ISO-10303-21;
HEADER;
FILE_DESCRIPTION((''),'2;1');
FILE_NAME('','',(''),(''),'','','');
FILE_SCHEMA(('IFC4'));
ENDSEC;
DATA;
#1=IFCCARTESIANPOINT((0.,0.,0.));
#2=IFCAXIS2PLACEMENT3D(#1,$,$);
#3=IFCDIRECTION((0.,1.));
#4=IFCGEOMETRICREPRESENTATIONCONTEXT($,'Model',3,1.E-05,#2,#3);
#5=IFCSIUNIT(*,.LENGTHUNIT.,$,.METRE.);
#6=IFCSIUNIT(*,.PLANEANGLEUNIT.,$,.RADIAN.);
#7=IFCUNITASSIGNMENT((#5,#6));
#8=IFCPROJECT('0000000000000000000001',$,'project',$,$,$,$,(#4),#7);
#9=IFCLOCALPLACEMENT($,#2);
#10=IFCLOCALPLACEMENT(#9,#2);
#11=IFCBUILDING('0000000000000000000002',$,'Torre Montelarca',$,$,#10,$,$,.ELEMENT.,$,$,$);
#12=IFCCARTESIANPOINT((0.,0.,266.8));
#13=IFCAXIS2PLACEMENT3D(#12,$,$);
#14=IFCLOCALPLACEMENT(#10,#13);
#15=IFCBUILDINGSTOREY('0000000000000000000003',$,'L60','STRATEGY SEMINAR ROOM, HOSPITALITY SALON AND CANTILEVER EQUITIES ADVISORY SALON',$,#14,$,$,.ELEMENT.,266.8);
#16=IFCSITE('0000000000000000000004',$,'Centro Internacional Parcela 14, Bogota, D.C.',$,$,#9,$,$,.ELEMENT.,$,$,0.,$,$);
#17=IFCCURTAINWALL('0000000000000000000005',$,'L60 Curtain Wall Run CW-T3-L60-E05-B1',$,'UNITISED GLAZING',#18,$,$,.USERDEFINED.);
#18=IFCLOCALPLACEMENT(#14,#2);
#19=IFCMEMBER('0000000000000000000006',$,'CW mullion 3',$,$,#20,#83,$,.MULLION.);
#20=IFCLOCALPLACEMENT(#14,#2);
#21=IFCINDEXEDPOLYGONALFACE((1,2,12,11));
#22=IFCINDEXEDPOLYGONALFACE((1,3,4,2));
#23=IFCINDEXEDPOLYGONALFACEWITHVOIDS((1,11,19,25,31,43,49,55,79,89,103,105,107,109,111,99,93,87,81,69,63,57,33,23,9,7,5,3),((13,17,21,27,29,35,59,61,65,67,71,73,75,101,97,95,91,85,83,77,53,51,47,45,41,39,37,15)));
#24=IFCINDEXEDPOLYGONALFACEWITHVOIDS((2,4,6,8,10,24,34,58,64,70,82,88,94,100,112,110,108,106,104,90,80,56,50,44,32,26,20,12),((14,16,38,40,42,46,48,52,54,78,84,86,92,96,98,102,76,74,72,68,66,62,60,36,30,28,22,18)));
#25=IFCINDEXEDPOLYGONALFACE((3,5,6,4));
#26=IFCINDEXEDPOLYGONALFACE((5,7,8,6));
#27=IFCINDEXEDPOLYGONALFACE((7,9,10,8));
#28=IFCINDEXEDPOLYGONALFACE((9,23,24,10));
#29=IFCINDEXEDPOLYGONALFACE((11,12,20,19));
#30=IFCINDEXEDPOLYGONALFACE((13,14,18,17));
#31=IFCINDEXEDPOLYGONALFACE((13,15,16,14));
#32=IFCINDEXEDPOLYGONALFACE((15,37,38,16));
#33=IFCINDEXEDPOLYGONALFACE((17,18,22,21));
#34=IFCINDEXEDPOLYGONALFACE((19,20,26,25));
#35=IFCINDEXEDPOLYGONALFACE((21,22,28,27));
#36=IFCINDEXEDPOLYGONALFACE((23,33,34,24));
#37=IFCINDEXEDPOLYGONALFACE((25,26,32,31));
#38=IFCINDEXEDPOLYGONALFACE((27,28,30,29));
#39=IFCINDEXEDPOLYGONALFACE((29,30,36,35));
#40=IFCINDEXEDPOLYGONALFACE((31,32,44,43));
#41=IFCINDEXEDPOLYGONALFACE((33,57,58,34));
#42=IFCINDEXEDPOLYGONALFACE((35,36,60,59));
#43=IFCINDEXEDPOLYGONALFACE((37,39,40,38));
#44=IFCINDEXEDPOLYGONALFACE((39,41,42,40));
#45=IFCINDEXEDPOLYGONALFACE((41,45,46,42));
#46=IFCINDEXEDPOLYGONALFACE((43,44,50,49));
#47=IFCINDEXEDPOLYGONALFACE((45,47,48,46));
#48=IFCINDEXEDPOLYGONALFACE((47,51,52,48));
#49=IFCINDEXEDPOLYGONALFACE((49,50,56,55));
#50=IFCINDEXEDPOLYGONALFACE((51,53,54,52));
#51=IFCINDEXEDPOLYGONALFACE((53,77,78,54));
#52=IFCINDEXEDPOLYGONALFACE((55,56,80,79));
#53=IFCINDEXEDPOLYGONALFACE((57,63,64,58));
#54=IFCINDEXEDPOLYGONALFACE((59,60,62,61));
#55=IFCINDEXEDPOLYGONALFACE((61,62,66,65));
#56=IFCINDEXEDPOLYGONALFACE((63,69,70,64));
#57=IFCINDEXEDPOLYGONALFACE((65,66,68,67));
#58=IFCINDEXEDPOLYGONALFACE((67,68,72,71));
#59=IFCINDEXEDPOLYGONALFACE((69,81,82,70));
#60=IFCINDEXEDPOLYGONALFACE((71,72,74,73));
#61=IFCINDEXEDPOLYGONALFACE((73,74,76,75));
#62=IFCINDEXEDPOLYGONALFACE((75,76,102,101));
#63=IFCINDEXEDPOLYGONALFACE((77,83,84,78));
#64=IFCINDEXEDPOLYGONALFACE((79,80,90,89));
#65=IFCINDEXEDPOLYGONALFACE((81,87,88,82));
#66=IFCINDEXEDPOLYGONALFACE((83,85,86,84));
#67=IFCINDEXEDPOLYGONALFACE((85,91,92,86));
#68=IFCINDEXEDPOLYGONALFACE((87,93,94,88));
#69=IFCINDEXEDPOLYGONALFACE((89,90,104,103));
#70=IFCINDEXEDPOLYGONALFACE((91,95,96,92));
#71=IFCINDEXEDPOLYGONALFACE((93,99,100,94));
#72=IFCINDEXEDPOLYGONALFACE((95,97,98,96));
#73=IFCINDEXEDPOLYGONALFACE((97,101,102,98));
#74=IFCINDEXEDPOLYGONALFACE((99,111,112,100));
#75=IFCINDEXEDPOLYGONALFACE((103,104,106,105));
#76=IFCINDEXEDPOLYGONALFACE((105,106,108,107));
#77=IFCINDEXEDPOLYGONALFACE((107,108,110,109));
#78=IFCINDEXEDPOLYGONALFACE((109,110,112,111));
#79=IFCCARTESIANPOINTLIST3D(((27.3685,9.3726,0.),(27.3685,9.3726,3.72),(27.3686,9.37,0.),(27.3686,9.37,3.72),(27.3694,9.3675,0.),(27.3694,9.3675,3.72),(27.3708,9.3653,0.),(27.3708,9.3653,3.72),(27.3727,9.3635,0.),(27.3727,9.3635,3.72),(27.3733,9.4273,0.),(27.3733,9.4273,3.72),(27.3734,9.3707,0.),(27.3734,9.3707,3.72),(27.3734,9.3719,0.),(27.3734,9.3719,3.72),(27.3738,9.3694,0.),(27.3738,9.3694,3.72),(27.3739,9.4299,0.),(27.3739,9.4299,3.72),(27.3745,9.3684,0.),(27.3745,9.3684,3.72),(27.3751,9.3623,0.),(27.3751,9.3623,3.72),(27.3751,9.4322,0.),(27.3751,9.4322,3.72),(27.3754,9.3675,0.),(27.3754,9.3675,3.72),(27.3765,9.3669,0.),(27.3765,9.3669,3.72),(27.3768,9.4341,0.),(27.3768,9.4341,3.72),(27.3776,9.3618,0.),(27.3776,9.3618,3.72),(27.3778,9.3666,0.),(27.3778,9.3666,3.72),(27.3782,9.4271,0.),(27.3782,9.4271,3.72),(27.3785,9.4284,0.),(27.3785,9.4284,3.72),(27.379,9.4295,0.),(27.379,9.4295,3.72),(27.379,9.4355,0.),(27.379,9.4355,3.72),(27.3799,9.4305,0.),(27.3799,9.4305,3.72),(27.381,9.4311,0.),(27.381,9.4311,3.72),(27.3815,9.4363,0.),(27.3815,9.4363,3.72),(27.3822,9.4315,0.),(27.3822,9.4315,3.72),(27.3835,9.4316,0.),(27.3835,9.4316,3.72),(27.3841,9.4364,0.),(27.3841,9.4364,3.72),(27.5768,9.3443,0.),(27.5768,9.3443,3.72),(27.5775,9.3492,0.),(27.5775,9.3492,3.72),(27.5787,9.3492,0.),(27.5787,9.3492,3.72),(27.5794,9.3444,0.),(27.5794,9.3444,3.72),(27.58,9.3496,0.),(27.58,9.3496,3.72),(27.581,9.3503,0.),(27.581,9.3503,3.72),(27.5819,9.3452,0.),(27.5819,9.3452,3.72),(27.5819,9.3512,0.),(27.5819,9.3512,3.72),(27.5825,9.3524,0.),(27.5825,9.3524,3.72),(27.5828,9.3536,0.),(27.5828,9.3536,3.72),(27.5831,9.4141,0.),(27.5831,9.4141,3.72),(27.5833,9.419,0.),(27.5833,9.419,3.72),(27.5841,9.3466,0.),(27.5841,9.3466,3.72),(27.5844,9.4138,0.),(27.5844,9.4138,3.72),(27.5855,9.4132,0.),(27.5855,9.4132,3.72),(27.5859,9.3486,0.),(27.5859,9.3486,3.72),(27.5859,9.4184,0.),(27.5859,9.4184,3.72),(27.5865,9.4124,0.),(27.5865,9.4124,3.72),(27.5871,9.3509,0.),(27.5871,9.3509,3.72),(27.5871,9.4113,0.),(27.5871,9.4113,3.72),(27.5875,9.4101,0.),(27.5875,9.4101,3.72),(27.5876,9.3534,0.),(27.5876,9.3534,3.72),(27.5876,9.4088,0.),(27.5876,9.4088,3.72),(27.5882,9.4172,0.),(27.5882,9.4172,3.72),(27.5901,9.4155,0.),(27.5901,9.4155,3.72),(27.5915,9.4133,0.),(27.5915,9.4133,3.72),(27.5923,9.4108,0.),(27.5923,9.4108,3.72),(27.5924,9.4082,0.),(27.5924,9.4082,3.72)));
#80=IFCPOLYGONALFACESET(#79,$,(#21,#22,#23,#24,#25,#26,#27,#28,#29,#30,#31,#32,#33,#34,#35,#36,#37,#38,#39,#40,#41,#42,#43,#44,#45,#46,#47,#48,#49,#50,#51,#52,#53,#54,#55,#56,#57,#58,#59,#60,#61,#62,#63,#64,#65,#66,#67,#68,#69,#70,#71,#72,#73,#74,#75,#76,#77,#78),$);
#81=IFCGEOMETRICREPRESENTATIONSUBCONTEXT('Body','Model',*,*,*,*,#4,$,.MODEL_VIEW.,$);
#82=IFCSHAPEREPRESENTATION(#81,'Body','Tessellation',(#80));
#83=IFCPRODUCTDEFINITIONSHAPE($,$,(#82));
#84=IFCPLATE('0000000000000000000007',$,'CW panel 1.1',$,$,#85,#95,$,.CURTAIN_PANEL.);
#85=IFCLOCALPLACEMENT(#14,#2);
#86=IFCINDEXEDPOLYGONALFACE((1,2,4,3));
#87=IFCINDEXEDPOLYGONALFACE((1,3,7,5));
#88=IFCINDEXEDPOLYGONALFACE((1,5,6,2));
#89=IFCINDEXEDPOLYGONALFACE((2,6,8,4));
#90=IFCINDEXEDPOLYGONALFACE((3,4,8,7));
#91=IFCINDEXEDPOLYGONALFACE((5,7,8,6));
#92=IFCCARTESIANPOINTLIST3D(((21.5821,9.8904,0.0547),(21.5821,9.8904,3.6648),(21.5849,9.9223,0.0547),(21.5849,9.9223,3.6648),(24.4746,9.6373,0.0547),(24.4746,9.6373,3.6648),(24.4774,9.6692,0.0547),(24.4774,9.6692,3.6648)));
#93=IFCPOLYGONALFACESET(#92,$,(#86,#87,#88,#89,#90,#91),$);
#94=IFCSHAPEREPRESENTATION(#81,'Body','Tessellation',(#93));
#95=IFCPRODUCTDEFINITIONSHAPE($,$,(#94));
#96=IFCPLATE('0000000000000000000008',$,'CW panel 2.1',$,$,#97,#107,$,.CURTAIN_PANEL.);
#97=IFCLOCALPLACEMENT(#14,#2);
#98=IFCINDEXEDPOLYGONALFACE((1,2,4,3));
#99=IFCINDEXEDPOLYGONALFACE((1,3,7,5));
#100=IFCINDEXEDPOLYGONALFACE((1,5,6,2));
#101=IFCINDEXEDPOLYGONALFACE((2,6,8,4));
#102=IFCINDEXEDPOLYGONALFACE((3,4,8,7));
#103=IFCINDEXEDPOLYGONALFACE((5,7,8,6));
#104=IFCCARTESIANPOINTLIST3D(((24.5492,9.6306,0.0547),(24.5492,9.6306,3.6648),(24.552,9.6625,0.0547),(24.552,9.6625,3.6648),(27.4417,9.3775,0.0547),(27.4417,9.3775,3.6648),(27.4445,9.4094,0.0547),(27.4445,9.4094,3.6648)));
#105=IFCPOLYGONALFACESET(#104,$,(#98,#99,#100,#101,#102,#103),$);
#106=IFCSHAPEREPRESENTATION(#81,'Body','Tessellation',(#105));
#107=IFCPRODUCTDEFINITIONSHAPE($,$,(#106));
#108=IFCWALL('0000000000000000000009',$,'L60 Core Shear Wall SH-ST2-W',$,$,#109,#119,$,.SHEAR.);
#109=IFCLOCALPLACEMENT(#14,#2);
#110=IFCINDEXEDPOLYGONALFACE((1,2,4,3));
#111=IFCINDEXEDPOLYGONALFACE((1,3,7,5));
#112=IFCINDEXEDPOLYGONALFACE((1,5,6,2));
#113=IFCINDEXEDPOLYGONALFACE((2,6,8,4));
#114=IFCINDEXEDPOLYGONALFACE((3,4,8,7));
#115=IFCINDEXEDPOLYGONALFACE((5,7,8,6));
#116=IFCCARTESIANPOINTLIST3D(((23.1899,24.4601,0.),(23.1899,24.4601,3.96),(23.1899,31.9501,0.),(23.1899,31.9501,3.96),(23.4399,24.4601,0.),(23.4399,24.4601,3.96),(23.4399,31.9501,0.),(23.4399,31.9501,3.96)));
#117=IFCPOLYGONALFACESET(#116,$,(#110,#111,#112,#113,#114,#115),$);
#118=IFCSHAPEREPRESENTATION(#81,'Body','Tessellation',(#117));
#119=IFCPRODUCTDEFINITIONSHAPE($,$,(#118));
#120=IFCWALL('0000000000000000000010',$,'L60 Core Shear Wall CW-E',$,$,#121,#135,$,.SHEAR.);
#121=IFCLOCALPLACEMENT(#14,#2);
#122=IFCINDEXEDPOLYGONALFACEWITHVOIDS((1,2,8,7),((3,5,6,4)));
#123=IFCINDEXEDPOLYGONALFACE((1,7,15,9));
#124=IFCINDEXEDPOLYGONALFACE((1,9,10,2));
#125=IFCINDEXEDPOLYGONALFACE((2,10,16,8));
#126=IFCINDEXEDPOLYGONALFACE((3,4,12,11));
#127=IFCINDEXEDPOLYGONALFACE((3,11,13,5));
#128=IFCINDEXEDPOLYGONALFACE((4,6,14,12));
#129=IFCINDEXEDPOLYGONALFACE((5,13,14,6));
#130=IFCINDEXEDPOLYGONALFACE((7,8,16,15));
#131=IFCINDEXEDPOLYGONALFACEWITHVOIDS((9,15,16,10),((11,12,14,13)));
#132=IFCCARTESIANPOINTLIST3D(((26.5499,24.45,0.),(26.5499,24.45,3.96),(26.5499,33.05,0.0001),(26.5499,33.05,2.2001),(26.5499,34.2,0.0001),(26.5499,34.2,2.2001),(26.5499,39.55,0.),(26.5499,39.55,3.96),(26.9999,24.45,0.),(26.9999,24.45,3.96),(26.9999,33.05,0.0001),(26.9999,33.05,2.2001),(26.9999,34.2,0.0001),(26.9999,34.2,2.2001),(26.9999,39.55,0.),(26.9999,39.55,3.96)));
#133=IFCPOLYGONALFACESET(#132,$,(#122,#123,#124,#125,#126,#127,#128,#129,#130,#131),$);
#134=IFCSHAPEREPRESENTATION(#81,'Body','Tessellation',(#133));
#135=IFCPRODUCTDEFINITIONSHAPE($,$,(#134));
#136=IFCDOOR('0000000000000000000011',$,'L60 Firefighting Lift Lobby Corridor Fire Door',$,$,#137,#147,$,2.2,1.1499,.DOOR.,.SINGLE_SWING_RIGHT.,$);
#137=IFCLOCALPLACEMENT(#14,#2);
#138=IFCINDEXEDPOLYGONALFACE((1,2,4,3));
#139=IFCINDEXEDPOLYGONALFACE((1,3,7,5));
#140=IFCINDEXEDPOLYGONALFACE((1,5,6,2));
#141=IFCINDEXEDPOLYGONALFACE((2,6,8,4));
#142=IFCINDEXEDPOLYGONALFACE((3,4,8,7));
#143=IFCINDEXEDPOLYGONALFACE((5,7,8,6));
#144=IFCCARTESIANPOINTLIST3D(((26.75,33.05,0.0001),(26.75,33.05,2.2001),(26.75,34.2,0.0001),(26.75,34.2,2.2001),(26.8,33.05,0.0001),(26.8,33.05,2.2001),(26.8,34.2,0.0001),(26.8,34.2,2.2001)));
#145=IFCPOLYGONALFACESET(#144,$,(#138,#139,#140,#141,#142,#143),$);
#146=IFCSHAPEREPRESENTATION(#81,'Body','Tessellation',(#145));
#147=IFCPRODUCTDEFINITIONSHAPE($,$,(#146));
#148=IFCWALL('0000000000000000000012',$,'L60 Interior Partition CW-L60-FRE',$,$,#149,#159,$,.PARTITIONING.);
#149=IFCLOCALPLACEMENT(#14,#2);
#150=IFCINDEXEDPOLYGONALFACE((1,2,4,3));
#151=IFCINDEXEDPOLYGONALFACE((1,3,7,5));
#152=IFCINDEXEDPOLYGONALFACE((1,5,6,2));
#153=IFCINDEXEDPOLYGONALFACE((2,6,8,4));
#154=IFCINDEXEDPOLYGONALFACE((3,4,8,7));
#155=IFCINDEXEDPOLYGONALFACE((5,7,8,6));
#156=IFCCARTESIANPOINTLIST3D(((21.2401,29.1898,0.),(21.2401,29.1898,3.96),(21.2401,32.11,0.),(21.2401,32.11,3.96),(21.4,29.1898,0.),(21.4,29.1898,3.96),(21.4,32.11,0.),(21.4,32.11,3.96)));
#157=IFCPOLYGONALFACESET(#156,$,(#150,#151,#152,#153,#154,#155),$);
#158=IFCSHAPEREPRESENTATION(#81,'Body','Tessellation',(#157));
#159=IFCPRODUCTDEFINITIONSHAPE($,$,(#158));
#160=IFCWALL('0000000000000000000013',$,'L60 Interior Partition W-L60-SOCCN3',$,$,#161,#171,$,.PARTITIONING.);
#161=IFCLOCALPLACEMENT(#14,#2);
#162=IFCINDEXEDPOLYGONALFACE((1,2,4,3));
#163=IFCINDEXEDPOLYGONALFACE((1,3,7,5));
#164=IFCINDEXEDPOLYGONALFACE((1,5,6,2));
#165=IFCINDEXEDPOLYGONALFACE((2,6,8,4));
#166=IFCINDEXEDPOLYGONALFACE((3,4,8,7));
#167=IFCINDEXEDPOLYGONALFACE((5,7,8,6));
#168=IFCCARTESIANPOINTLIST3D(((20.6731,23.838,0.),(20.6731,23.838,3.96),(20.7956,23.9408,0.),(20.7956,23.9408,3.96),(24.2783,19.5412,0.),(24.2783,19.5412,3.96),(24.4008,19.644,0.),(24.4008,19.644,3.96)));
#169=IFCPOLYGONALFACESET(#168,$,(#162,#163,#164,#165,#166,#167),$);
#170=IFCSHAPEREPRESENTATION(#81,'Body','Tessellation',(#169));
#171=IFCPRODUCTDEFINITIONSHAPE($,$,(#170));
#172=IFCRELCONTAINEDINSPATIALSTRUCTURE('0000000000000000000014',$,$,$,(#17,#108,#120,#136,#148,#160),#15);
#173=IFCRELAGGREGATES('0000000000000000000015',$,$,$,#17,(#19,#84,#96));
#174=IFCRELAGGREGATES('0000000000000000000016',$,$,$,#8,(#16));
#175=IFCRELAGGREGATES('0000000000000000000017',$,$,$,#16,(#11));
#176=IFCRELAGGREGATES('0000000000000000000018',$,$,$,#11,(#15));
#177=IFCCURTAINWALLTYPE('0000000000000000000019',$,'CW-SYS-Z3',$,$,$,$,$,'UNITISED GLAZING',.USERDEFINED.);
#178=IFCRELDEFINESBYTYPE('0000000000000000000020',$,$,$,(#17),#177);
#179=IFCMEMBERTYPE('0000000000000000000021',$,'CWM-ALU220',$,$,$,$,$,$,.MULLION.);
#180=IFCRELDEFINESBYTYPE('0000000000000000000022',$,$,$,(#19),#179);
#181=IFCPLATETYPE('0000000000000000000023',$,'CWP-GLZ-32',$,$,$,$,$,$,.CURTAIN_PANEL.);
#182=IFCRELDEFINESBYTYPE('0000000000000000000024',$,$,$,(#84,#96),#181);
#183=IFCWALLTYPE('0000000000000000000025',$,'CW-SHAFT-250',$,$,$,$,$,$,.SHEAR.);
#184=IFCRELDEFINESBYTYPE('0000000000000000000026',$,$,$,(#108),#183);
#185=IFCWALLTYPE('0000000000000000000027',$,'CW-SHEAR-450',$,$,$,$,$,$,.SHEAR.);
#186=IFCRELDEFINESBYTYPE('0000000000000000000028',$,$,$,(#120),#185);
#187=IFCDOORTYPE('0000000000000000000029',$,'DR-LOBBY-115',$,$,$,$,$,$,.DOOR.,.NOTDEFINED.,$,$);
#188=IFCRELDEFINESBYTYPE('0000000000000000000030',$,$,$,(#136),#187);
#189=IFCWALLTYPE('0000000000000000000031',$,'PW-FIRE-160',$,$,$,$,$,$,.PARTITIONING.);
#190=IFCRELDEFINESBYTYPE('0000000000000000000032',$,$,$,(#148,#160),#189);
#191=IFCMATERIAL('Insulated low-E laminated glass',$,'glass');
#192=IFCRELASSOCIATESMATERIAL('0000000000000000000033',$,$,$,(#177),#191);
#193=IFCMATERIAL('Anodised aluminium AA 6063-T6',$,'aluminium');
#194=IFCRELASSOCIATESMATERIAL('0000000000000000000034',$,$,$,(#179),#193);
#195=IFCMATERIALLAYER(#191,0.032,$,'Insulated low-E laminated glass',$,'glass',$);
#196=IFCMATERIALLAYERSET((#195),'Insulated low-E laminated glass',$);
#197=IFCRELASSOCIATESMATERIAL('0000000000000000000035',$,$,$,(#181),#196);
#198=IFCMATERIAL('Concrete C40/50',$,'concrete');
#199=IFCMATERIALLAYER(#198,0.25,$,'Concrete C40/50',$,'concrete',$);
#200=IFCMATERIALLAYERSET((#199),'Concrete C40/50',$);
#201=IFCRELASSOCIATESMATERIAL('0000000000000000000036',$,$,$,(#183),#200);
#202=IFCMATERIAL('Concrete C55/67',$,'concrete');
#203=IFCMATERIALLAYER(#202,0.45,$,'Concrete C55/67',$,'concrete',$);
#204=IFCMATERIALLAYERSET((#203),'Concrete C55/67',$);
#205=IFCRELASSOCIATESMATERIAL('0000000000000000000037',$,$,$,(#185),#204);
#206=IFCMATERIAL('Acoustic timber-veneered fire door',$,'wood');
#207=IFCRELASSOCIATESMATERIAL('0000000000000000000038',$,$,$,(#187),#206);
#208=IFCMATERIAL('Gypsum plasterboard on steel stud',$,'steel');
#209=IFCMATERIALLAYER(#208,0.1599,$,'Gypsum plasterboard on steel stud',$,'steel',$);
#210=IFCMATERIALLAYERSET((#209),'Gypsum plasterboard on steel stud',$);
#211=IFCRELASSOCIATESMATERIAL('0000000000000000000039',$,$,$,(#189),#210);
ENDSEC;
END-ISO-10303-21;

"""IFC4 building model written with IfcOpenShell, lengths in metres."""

from ifc_helpers import new_model, si_unit, direction, frame, frame_2d, origin, origin_2d, place, context, subcontext, project, spatial, rectangle, hollow_rectangle, extrude, source, transform, mapped, material, layer, layer_set, material_profile, profile_set, type_object, element, fill, aggregate, save


model = new_model("IFC4")

# Units and contexts
model_context = context("Model", 3, precision=1e-05, world=origin(), true_north=direction((0.0, 1.0)))
body_context = subcontext(model_context, "Body", "Model", "MODEL_VIEW")
ifc_project = project(units=[si_unit("LENGTHUNIT", "METRE"), si_unit("PLANEANGLEUNIT", "RADIAN")], contexts=[model_context])

# Site, building, storey
site_placement = place(None, origin())
site = spatial("IfcSite", under=ifc_project, at=site_placement, Name="Centro Internacional Parcela 14, Bogota, D.C.", CompositionType="ELEMENT", RefElevation=0.0)
building_placement = place(site_placement, origin())
building = spatial("IfcBuilding", under=site, at=building_placement, Name="Torre Montelarca", CompositionType="ELEMENT")
storey_placement = place(building_placement, frame((0.0, 0.0, 266.8)))
storey = spatial("IfcBuildingStorey", under=building, at=storey_placement, Name="L60", Description="STRATEGY SEMINAR ROOM, HOSPITALITY SALON AND CANTILEVER EQUITIES ADVISORY SALON", CompositionType="ELEMENT", Elevation=266.8)

# Shared definitions
ifc_material_1 = material(Name="Concrete C55/67", Category="concrete")

# Curtain wall, member, plates
ifc_material_2 = material(Name="Insulated low-E laminated glass", Category="glass")
curtain_wall_type = type_object("IfcCurtainWallType", Name="CW-SYS-Z3", ElementType="UNITISED GLAZING", PredefinedType="USERDEFINED", material=ifc_material_2)
curtain_wall_placement = place(storey_placement, origin())
curtain_wall = element("IfcCurtainWall", 1, at=curtain_wall_placement, inside=storey, type_object=curtain_wall_type, Name="L60 Curtain Wall Run CW-T3-L60-E05-B1", ObjectType="UNITISED GLAZING", PredefinedType="USERDEFINED")
ifc_material_3 = material(Name="Anodised aluminium AA 6063-T6", Category="aluminium")
ifc_material_profile_1 = material_profile(ifc_material_3, hollow_rectangle(XDim=0.075, YDim=0.22, WallThickness=0.0049, InnerFilletRadius=0.0049, OuterFilletRadius=0.01, at=origin_2d()), Name="ALU75X220X5", Category="aluminium")
ifc_profile_set_1 = profile_set([ifc_material_profile_1], Name="Anodised aluminium AA 6063-T6")
member_type_1 = type_object("IfcMemberType", Name="CWM-ALU220", PredefinedType="MULLION", material=ifc_profile_set_1)
shared_shape_1 = source(origin(), body_context, "Body", "SweptSolid", [
    extrude(hollow_rectangle(XDim=0.075, YDim=0.22, WallThickness=0.0049, InnerFilletRadius=0.0049, OuterFilletRadius=0.01, at=origin_2d()), origin(), (0.0, 0.0, 1.0), 3.72),
])
member_1_placement = place(storey_placement, frame((27.4805, 9.3904, 0.0), z_axis=(0.0, 0.0, 1.0), x_axis=(0.087166, 0.996194, 0.0)))
member_1 = element("IfcMember", 2, at=member_1_placement, type_object=member_type_1, Name="CW mullion 3", PredefinedType="MULLION", context=body_context, shape_type="MappedRepresentation", body=[
    mapped(shared_shape_1, transform((0.0, 0.0, 0.0), scale=1.0)),
])
ifc_layer_1 = layer(ifc_material_2, 0.032, Name="Insulated low-E laminated glass", Category="glass")
ifc_layer_set_1 = layer_set([ifc_layer_1], Name="Insulated low-E laminated glass")
plate_type = type_object("IfcPlateType", Name="CWP-GLZ-32", PredefinedType="CURTAIN_PANEL", material=ifc_layer_set_1)
shared_shape_2 = source(origin(), body_context, "Body", "SweptSolid", [
    extrude(rectangle(XDim=2.9036, YDim=0.032, at=origin_2d()), origin(), (0.0, 0.0, 1.0), 3.6101),
])
plate_1_placement = place(storey_placement, frame((23.0298, 9.7798, 0.0547), z_axis=(0.0, 0.0, 1.0), x_axis=(0.996194, -0.087166, 0.0)))
plate_1 = element("IfcPlate", 3, at=plate_1_placement, type_object=plate_type, Name="CW panel 1.1", PredefinedType="CURTAIN_PANEL", context=body_context, shape_type="MappedRepresentation", body=[
    mapped(shared_shape_2, transform((0.0, 0.0, 0.0), scale=1.0)),
])
plate_2_placement = place(storey_placement, frame((25.9968, 9.52, 0.0547), z_axis=(0.0, 0.0, 1.0), x_axis=(0.996194, -0.087166, 0.0)))
plate_2 = element("IfcPlate", 4, at=plate_2_placement, type_object=plate_type, Name="CW panel 2.1", PredefinedType="CURTAIN_PANEL", context=body_context, shape_type="MappedRepresentation", body=[
    mapped(shared_shape_2, transform((0.0, 0.0, 0.0), scale=1.0)),
])
aggregate(curtain_wall, [member_1, plate_1, plate_2])

# Wall
ifc_material_4 = material(Name="Concrete C40/50", Category="concrete")
ifc_layer_2 = layer(ifc_material_4, 0.25, Name="Concrete C40/50", Category="concrete")
ifc_layer_set_2 = layer_set([ifc_layer_2], Name="Concrete C40/50")
wall_type_1 = type_object("IfcWallType", Name="CW-SHAFT-250", PredefinedType="SHEAR", material=ifc_layer_set_2)
wall_1_placement = place(storey_placement, frame((23.3149, 24.46, 0.0), z_axis=(0.0, 0.0, 1.0), x_axis=(0.0, 1.0, 0.0)))
element("IfcWall", 5, at=wall_1_placement, inside=storey, type_object=wall_type_1, Name="L60 Core Shear Wall SH-ST2-W", PredefinedType="SHEAR", context=body_context, shape_type="SweptSolid", body=[
    extrude(rectangle(XDim=7.49, YDim=0.25, at=frame_2d((3.7451, 0.0))), origin(), (0.0, 0.0, 1.0), 3.96),
])

# Wall, opening, door
ifc_layer_3 = layer(ifc_material_1, 0.45, Name="Concrete C55/67", Category="concrete")
ifc_layer_set_3 = layer_set([ifc_layer_3], Name="Concrete C55/67")
wall_type_2 = type_object("IfcWallType", Name="CW-SHEAR-450", PredefinedType="SHEAR", material=ifc_layer_set_3)
wall_2_placement = place(storey_placement, frame((26.7749, 24.45, 0.0), z_axis=(0.0, 0.0, 1.0), x_axis=(0.0, 1.0, 0.0)))
wall_2 = element("IfcWall", 6, at=wall_2_placement, inside=storey, type_object=wall_type_2, Name="L60 Core Shear Wall CW-E", PredefinedType="SHEAR", context=body_context, shape_type="SweptSolid", body=[
    extrude(rectangle(XDim=15.1001, YDim=0.45, at=frame_2d((7.55, 0.0))), origin(), (0.0, 0.0, 1.0), 3.96),
])
opening_1_placement = place(wall_2_placement, frame((8.6001, 0.0, 0.0)))
opening_1 = element("IfcOpeningElement", 7, at=opening_1_placement, cuts=wall_2, PredefinedType="OPENING", context=body_context, shape_type="SweptSolid", body=[
    extrude(rectangle(XDim=1.1499, YDim=2.2, at=frame_2d((0.575, 1.1001))), frame((0.0, 0.2349, 0.0), z_axis=(0.0, -1.0, 0.0), x_axis=(1.0, 0.0, 0.0)), (0.0, 0.0, 1.0), 0.47),
])
ifc_material_5 = material(Name="Acoustic timber-veneered fire door", Category="wood")
door_type_1 = type_object("IfcDoorType", Name="DR-LOBBY-115", OperationType="NOTDEFINED", PredefinedType="DOOR", material=ifc_material_5)
shared_shape_3 = source(origin(), body_context, "Body", "SweptSolid", [
    extrude(rectangle(XDim=1.1499, YDim=2.2, at=frame_2d((0.575, 1.1001))), frame((0.0, 0.0249, 0.0), z_axis=(0.0, -1.0, 0.0), x_axis=(1.0, 0.0, 0.0)), (0.0, 0.0, 1.0), 0.05),
])
door_1_placement = place(opening_1_placement, origin())
door_1 = element("IfcDoor", 8, at=door_1_placement, inside=storey, type_object=door_type_1, Name="L60 Firefighting Lift Lobby Corridor Fire Door", OperationType="SINGLE_SWING_RIGHT", OverallHeight=2.2, OverallWidth=1.1499, PredefinedType="DOOR", context=body_context, shape_type="MappedRepresentation", body=[
    mapped(shared_shape_3, transform((0.0, 0.0, 0.0), scale=1.0)),
])
fill(opening_1, door_1)

# Walls
ifc_material_6 = material(Name="Gypsum plasterboard on steel stud", Category="steel")
ifc_layer_4 = layer(ifc_material_6, 0.1599, Name="Gypsum plasterboard on steel stud", Category="steel")
ifc_layer_set_4 = layer_set([ifc_layer_4], Name="Gypsum plasterboard on steel stud")
wall_type_3 = type_object("IfcWallType", Name="PW-FIRE-160", PredefinedType="PARTITIONING", material=ifc_layer_set_4)
wall_3_placement = place(storey_placement, frame((21.3201, 29.1899, 0.0), z_axis=(0.0, 0.0, 1.0), x_axis=(0.0, 1.0, 0.0)))
element("IfcWall", 9, at=wall_3_placement, inside=storey, type_object=wall_type_3, Name="L60 Interior Partition CW-L60-FRE", PredefinedType="PARTITIONING", context=body_context, shape_type="SweptSolid", body=[
    extrude(rectangle(XDim=2.9202, YDim=0.1599, at=frame_2d((1.46, 0.0))), origin(), (0.0, 0.0, 1.0), 3.96),
])
wall_4_placement = place(storey_placement, frame((20.7344, 23.8894, 0.0), z_axis=(0.0, 0.0, 1.0), x_axis=(0.642758, -0.766069, 0.0)))
element("IfcWall", 10, at=wall_4_placement, inside=storey, type_object=wall_type_3, Name="L60 Interior Partition W-L60-SOCCN3", PredefinedType="PARTITIONING", context=body_context, shape_type="SweptSolid", body=[
    extrude(rectangle(XDim=5.6089, YDim=0.1599, at=frame_2d((2.8044, 0.0))), origin(), (0.0, 0.0, 1.0), 3.96),
])

save(model, "model.ifc")
